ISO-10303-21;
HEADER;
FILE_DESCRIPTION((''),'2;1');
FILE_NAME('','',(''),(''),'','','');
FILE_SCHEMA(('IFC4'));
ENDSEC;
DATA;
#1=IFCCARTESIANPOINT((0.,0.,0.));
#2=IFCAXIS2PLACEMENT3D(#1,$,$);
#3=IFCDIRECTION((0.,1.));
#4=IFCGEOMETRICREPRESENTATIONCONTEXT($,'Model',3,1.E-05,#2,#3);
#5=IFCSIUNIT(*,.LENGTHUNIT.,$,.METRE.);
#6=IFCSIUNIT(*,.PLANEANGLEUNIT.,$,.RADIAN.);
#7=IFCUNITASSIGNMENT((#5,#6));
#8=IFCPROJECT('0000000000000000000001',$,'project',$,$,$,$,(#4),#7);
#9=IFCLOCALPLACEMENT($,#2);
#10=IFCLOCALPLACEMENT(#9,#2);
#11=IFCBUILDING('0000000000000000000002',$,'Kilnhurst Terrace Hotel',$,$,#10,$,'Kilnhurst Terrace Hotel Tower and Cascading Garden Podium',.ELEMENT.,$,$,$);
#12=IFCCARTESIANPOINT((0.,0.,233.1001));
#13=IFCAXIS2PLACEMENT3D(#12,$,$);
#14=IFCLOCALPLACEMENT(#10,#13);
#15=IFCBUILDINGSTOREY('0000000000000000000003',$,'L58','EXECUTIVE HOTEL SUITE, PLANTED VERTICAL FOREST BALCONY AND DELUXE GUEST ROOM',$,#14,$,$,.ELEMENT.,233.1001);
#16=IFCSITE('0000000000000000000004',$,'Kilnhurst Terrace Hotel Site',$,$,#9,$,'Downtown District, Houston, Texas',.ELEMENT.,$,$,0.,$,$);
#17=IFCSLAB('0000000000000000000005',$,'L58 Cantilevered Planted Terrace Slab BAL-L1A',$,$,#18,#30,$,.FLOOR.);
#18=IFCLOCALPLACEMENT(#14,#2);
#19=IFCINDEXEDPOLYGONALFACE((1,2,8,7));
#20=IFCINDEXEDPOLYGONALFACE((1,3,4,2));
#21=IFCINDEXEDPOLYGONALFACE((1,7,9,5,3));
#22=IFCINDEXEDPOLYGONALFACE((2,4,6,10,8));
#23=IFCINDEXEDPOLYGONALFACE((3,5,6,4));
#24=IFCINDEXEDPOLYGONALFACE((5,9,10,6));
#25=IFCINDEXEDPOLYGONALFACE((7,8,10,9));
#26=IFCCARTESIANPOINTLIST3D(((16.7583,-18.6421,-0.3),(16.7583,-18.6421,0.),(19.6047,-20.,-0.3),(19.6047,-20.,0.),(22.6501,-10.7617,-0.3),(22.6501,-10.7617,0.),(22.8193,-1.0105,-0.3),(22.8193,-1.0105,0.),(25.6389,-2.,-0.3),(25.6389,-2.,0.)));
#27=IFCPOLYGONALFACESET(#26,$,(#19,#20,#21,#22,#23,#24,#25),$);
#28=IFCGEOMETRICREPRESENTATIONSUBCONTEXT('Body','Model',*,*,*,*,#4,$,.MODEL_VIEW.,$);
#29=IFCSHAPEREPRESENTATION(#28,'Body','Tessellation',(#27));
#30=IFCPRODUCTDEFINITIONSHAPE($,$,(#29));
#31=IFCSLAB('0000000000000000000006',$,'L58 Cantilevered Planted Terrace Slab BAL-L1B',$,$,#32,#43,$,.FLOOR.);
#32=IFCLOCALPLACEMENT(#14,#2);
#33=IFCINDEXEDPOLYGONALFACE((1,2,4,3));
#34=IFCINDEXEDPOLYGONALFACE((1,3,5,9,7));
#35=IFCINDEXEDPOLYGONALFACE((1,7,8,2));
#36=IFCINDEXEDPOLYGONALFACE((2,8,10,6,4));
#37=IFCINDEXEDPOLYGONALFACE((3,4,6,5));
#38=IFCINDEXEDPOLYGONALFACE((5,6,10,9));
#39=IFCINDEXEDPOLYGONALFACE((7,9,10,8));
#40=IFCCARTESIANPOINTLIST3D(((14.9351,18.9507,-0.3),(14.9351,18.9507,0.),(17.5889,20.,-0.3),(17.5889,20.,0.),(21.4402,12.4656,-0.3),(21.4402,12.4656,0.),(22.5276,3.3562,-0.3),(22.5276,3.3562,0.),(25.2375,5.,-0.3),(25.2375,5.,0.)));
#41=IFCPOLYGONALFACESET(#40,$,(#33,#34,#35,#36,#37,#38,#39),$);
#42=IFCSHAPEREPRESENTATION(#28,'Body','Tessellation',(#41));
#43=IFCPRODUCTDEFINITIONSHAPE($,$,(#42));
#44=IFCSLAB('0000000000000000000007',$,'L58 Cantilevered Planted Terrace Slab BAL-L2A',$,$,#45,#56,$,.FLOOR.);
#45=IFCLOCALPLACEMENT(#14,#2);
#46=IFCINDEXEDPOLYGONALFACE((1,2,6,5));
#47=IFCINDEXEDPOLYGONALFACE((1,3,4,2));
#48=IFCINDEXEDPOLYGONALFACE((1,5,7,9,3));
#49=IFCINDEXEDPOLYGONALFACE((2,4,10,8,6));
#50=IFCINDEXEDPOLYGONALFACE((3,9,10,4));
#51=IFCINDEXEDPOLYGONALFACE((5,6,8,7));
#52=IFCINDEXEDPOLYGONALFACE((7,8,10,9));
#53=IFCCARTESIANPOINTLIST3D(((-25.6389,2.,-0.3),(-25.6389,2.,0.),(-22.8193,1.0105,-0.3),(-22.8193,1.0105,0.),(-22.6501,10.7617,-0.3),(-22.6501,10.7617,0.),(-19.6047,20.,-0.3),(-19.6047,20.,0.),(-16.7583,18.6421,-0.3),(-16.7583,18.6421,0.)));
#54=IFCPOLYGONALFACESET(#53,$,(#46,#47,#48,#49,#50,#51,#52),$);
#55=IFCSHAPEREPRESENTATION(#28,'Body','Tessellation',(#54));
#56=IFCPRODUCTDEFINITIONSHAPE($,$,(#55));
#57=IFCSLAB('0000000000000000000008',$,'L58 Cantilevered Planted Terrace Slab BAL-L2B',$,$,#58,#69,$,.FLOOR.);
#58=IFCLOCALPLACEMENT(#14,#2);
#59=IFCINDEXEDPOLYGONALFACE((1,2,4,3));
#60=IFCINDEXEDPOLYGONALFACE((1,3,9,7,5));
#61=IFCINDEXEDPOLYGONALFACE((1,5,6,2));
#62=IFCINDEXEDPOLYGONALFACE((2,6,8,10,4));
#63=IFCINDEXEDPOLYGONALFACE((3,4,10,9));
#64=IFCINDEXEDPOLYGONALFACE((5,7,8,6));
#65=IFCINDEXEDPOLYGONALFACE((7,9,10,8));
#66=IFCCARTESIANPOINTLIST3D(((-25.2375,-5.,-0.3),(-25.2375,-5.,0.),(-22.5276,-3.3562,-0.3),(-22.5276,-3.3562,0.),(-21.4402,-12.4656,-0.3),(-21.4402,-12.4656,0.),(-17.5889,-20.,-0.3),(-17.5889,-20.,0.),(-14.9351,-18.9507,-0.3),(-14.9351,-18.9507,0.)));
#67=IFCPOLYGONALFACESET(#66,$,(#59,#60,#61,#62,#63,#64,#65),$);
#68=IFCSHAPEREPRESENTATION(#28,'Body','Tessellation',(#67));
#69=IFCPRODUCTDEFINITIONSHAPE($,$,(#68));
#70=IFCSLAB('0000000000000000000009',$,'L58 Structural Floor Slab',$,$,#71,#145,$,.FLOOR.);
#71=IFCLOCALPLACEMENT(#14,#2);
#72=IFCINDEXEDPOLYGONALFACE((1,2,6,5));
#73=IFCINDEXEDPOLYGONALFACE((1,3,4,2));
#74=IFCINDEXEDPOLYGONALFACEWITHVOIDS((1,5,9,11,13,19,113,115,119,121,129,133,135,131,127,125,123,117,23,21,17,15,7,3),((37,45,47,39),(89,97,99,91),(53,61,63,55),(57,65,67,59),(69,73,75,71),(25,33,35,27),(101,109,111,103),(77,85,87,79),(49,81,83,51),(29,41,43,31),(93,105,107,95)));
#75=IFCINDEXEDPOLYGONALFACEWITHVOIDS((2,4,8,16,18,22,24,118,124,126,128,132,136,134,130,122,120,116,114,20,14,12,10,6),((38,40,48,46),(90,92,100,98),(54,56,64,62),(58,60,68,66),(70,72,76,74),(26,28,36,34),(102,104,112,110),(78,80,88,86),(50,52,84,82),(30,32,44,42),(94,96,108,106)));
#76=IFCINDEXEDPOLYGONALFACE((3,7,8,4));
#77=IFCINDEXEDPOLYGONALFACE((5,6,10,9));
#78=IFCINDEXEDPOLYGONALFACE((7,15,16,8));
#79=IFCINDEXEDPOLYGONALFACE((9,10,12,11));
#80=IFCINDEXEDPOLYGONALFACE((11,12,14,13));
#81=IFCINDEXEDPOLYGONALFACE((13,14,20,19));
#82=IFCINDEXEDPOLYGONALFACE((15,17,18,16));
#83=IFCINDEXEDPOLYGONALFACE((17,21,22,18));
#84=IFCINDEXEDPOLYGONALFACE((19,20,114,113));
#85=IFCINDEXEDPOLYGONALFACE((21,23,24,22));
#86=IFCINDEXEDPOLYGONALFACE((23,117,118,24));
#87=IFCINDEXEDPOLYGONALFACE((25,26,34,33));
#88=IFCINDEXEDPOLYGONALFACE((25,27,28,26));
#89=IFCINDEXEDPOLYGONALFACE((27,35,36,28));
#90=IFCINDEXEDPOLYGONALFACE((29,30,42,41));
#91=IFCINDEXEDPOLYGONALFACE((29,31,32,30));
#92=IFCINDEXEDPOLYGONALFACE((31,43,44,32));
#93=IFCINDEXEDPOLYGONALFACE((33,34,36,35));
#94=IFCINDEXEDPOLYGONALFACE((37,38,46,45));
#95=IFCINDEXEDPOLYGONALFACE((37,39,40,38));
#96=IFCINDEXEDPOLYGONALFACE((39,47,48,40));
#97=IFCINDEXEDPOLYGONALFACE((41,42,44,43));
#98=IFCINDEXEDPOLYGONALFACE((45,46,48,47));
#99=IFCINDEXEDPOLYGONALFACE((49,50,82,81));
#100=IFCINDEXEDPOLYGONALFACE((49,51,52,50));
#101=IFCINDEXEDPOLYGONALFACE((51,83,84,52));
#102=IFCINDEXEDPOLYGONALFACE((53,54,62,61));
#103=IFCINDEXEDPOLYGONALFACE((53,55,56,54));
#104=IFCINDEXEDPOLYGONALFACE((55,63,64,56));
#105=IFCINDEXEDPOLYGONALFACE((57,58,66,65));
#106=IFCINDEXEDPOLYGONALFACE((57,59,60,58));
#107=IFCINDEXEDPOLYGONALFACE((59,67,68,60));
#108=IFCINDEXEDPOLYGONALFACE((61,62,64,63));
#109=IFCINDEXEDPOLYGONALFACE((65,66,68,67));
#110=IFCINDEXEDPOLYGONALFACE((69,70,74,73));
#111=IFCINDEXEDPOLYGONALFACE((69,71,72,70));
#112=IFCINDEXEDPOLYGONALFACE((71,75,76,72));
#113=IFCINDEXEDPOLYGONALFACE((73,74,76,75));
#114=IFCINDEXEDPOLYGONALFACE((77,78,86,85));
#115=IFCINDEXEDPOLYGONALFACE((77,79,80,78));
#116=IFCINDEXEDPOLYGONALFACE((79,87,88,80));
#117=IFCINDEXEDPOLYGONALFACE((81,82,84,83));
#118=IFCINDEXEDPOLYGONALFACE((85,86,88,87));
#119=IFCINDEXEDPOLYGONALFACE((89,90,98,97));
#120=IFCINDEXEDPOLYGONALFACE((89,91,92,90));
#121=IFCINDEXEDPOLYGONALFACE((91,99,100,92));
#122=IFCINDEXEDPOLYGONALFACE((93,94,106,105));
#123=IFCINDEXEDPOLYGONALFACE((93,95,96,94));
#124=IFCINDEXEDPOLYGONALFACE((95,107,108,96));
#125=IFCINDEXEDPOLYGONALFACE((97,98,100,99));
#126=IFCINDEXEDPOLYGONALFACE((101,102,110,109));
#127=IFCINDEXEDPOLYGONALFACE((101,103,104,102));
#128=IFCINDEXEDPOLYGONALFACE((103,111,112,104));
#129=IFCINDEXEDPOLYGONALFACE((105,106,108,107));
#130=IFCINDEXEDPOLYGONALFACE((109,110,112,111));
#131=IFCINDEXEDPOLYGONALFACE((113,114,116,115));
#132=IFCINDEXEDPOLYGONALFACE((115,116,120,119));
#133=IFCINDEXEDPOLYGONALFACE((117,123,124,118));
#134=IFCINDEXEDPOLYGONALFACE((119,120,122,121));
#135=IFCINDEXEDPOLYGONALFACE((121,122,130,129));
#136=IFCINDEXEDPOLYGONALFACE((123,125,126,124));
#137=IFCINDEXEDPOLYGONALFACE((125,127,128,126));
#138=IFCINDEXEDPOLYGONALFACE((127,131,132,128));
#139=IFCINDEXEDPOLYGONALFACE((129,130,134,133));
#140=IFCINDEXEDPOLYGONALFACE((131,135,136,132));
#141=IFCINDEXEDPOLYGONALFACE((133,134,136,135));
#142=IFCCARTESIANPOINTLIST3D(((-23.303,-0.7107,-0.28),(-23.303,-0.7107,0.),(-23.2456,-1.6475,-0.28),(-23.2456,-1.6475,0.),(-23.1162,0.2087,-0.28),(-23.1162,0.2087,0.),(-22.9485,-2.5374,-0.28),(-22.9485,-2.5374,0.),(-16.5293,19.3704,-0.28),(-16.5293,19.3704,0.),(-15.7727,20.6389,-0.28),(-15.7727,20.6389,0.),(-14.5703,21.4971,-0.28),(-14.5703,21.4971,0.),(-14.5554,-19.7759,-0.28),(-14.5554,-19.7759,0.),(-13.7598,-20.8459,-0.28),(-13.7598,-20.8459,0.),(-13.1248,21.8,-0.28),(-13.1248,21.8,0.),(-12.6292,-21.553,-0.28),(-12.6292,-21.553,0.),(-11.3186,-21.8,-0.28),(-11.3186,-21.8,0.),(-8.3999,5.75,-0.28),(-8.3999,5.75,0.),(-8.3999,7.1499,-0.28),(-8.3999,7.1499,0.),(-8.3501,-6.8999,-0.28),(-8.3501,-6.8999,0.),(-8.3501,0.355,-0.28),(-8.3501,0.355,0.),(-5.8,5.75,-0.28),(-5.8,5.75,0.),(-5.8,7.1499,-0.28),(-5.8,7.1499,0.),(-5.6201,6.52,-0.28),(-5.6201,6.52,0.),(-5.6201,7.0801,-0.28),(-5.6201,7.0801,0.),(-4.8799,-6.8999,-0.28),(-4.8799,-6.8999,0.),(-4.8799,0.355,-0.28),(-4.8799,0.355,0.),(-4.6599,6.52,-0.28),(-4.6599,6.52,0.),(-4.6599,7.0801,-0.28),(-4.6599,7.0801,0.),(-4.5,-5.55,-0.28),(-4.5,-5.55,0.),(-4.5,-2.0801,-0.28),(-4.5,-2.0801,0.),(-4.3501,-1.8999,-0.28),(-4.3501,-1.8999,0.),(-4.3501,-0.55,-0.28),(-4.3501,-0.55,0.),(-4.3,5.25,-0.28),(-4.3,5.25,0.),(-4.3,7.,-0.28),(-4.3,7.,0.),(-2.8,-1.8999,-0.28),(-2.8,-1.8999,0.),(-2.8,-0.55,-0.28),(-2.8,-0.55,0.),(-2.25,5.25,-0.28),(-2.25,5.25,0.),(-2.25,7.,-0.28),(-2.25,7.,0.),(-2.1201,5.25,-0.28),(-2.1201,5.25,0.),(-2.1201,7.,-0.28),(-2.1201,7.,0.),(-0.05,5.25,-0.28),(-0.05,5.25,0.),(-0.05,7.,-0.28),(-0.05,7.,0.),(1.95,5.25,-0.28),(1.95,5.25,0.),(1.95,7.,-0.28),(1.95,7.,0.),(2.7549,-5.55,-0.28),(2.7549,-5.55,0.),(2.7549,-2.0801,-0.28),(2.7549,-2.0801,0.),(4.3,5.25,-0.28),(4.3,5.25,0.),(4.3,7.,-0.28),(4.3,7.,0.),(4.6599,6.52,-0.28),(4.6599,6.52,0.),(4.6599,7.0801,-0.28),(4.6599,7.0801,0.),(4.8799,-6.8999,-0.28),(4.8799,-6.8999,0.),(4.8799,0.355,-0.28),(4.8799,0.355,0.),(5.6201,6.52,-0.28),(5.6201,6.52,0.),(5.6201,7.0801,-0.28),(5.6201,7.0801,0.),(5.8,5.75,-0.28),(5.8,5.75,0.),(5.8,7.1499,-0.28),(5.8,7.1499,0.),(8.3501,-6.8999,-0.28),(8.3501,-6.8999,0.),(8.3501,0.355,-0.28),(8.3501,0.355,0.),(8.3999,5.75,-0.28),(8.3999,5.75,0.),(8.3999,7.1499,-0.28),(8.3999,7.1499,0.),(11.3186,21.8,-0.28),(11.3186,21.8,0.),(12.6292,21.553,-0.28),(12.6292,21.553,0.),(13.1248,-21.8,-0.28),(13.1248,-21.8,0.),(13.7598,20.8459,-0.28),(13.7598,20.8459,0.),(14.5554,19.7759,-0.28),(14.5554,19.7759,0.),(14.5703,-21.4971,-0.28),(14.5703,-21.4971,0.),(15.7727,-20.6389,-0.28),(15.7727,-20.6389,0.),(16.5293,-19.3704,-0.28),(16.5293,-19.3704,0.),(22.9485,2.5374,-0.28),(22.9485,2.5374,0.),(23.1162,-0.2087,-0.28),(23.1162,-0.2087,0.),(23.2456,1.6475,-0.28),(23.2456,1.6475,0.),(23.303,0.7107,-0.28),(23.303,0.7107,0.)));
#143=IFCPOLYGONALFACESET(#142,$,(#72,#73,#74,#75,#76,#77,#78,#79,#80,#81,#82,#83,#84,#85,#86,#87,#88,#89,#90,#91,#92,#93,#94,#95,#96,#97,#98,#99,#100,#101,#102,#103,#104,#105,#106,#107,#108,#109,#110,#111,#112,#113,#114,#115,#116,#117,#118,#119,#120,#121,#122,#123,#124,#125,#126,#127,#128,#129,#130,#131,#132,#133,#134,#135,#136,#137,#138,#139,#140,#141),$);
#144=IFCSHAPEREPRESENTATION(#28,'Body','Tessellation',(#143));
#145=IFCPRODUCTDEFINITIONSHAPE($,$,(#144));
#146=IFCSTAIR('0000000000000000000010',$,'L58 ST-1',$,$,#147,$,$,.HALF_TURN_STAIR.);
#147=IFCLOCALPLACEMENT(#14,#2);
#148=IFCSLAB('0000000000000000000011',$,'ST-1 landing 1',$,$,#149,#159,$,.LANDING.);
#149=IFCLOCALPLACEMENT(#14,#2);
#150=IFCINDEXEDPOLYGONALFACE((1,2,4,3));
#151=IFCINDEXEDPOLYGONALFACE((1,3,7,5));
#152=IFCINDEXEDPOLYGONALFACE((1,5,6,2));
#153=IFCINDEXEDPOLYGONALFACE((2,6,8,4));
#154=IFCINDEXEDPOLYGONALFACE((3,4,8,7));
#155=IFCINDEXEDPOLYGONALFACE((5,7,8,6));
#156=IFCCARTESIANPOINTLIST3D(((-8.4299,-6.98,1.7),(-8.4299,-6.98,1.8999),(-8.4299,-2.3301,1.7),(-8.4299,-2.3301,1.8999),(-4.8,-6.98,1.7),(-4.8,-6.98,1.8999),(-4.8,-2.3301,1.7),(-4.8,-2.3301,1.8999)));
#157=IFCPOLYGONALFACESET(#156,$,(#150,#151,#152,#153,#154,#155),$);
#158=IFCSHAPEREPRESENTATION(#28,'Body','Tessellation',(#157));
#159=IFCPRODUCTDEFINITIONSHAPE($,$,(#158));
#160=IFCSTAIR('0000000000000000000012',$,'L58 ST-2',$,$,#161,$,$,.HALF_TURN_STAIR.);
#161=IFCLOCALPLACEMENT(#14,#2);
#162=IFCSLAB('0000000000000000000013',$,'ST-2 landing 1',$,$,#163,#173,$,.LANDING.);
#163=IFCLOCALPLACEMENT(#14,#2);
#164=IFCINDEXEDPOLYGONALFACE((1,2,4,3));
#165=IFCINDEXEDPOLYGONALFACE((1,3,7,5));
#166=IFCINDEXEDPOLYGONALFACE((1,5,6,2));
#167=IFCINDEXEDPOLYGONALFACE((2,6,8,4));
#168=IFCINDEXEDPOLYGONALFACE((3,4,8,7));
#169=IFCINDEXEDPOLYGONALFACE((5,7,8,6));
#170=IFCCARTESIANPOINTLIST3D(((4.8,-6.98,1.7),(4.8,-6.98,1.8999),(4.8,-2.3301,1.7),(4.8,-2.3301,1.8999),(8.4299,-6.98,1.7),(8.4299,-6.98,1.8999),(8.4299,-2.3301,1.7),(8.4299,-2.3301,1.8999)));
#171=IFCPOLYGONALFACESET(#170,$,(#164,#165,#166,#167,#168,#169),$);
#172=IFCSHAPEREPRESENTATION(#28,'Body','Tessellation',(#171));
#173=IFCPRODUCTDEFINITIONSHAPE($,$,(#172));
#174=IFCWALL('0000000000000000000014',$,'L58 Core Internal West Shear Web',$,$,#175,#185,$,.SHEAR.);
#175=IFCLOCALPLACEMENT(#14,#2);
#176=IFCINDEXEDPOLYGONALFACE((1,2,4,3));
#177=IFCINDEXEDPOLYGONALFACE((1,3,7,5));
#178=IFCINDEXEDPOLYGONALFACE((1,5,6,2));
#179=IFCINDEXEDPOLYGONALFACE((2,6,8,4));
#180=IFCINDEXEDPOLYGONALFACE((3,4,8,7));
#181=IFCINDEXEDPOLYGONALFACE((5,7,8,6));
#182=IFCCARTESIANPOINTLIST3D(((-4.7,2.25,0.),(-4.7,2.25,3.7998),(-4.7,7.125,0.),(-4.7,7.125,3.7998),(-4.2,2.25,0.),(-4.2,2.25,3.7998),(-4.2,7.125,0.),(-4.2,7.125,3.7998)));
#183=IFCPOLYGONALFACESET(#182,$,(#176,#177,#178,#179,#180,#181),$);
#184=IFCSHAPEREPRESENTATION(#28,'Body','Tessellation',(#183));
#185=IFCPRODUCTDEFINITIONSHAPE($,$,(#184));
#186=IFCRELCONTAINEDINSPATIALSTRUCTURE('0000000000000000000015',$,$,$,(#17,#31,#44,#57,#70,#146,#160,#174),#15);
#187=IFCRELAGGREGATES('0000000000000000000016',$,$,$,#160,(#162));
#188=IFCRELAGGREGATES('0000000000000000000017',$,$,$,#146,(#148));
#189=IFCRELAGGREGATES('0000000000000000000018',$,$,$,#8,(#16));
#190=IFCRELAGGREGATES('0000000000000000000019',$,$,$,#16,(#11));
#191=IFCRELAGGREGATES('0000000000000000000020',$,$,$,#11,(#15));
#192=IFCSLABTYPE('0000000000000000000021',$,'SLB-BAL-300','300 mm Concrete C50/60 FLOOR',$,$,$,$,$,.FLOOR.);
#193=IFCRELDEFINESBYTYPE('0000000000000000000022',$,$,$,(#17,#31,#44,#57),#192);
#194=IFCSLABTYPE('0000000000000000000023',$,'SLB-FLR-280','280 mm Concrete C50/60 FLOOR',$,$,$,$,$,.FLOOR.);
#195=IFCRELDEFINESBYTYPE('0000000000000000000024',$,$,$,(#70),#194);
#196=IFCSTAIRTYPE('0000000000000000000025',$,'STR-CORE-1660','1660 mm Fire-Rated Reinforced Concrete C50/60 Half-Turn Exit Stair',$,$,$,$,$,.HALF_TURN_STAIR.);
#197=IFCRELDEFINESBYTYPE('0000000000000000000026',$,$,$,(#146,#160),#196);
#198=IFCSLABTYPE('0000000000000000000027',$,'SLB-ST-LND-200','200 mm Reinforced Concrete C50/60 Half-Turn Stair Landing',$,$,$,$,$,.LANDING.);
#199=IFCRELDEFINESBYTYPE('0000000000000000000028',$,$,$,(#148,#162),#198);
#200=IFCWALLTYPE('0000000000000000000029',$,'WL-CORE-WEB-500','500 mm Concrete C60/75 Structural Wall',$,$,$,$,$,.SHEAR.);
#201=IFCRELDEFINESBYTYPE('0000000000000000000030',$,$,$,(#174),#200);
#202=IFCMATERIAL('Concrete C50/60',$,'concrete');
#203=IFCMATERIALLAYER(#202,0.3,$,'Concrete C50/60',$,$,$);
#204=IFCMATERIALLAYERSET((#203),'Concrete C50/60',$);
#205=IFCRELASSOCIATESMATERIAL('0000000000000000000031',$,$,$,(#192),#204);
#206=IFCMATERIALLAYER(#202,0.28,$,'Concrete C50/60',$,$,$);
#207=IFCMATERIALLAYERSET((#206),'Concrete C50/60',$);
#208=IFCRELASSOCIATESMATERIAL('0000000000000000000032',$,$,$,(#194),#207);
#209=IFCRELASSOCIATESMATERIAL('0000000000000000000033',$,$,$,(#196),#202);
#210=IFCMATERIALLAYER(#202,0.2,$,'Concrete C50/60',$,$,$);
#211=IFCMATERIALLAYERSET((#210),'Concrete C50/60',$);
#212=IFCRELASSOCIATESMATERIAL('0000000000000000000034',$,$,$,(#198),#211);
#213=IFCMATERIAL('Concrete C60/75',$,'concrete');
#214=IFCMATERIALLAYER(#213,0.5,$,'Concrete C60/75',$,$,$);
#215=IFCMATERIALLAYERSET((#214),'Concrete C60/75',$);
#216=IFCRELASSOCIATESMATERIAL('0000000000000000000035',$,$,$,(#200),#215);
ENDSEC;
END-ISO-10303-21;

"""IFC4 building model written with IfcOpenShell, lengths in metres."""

from ifc_helpers import new_model, si_unit, direction, frame, frame_2d, origin, place, context, subcontext, project, spatial, polyline, rectangle, outline, extrude, material, layer, layer_set, type_object, element, aggregate, save


model = new_model("IFC4")

# Units and contexts
model_context = context("Model", 3, precision=1e-05, world=origin(), true_north=direction((0.0, 1.0)))
body_context = subcontext(model_context, "Body", "Model", "MODEL_VIEW")
ifc_project = project(units=[si_unit("LENGTHUNIT", "METRE"), si_unit("PLANEANGLEUNIT", "RADIAN")], contexts=[model_context])

# Site, building, storey
site_placement = place(None, origin())
site = spatial("IfcSite", under=ifc_project, at=site_placement, Name="Kilnhurst Terrace Hotel Site", LongName="Downtown District, Houston, Texas", CompositionType="ELEMENT", RefElevation=0.0)
building_placement = place(site_placement, origin())
building = spatial("IfcBuilding", under=site, at=building_placement, Name="Kilnhurst Terrace Hotel", LongName="Kilnhurst Terrace Hotel Tower and Cascading Garden Podium", CompositionType="ELEMENT")
storey_placement = place(building_placement, frame((0.0, 0.0, 233.1001)))
storey = spatial("IfcBuildingStorey", under=building, at=storey_placement, Name="L58", Description="EXECUTIVE HOTEL SUITE, PLANTED VERTICAL FOREST BALCONY AND DELUXE GUEST ROOM", CompositionType="ELEMENT", Elevation=233.1001)

# Slabs
ifc_material_1 = material(Name="Concrete C50/60", Category="concrete")
ifc_layer_1 = layer(ifc_material_1, 0.3, Name="Concrete C50/60")
ifc_layer_set_1 = layer_set([ifc_layer_1], Name="Concrete C50/60")
slab_type_1 = type_object("IfcSlabType", Name="SLB-BAL-300", Description="300 mm Concrete C50/60 FLOOR", PredefinedType="FLOOR", material=ifc_layer_set_1)
slab_1_placement = place(storey_placement, frame((0.0, 0.0, -0.3)))
element("IfcSlab", 1, at=slab_1_placement, inside=storey, type_object=slab_type_1, Name="L58 Cantilevered Planted Terrace Slab BAL-L1A", PredefinedType="FLOOR", context=body_context, shape_type="SweptSolid", body=[
    extrude(outline(polyline([(22.6501, -10.7617), (19.6047, -20.0), (16.7583, -18.6421), (22.8193, -1.0105), (25.6389, -2.0), (22.6501, -10.7617)])), origin(), (0.0, 0.0, 1.0), 0.3),
])
slab_2_placement = place(storey_placement, frame((0.0, 0.0, -0.3)))
element("IfcSlab", 2, at=slab_2_placement, inside=storey, type_object=slab_type_1, Name="L58 Cantilevered Planted Terrace Slab BAL-L1B", PredefinedType="FLOOR", context=body_context, shape_type="SweptSolid", body=[
    extrude(outline(polyline([(25.2375, 5.0), (22.5276, 3.3562), (14.9351, 18.9507), (17.5889, 20.0), (21.4402, 12.4656), (25.2375, 5.0)])), origin(), (0.0, 0.0, 1.0), 0.3),
])
slab_3_placement = place(storey_placement, frame((0.0, 0.0, -0.3)))
element("IfcSlab", 3, at=slab_3_placement, inside=storey, type_object=slab_type_1, Name="L58 Cantilevered Planted Terrace Slab BAL-L2A", PredefinedType="FLOOR", context=body_context, shape_type="SweptSolid", body=[
    extrude(outline(polyline([(-19.6047, 20.0), (-16.7583, 18.6421), (-22.8193, 1.0105), (-25.6389, 2.0), (-22.6501, 10.7617), (-19.6047, 20.0)])), origin(), (0.0, 0.0, 1.0), 0.3),
])
slab_4_placement = place(storey_placement, frame((0.0, 0.0, -0.3)))
element("IfcSlab", 4, at=slab_4_placement, inside=storey, type_object=slab_type_1, Name="L58 Cantilevered Planted Terrace Slab BAL-L2B", PredefinedType="FLOOR", context=body_context, shape_type="SweptSolid", body=[
    extrude(outline(polyline([(-25.2375, -5.0), (-22.5276, -3.3562), (-14.9351, -18.9507), (-17.5889, -20.0), (-21.4402, -12.4656), (-25.2375, -5.0)])), origin(), (0.0, 0.0, 1.0), 0.3),
])
ifc_layer_2 = layer(ifc_material_1, 0.28, Name="Concrete C50/60")
ifc_layer_set_2 = layer_set([ifc_layer_2], Name="Concrete C50/60")
slab_type_2 = type_object("IfcSlabType", Name="SLB-FLR-280", Description="280 mm Concrete C50/60 FLOOR", PredefinedType="FLOOR", material=ifc_layer_set_2)
slab_5_placement = place(storey_placement, frame((0.0, 0.0, -0.28)))
element("IfcSlab", 5, at=slab_5_placement, inside=storey, type_object=slab_type_2, Name="L58 Structural Floor Slab", PredefinedType="FLOOR", context=body_context, shape_type="SweptSolid", body=[
    extrude(outline(polyline([(-14.5554, -19.7759), (-13.7598, -20.8459), (-12.6292, -21.553), (-11.3186, -21.8), (13.1248, -21.8), (14.5703, -21.4971), (15.7727, -20.6389), (16.5293, -19.3704), (23.1162, -0.2087), (23.303, 0.7107), (23.2456, 1.6475), (22.9485, 2.5374), (14.5554, 19.7759), (13.7598, 20.8459), (12.6292, 21.553), (11.3186, 21.8), (-13.1248, 21.8), (-14.5703, 21.4971), (-15.7727, 20.6389), (-16.5293, 19.3704), (-23.1162, 0.2087), (-23.303, -0.7107), (-23.2456, -1.6475), (-22.9485, -2.5374), (-14.5554, -19.7759)]), holes=[polyline([(-8.3501, 0.355), (-4.8799, 0.355), (-4.8799, -6.8999), (-8.3501, -6.8999), (-8.3501, 0.355)]), polyline([(-2.8, -1.8999), (-4.3501, -1.8999), (-4.3501, -0.55), (-2.8, -0.55), (-2.8, -1.8999)]), polyline([(-2.25, 5.25), (-4.3, 5.25), (-4.3, 7.0), (-2.25, 7.0), (-2.25, 5.25)]), polyline([(-2.1201, 5.25), (-2.1201, 7.0), (-0.05, 7.0), (-0.05, 5.25), (-2.1201, 5.25)]), polyline([(-8.3999, 5.75), (-8.3999, 7.1499), (-5.8, 7.1499), (-5.8, 5.75), (-8.3999, 5.75)]), polyline([(-4.6599, 6.52), (-5.6201, 6.52), (-5.6201, 7.0801), (-4.6599, 7.0801), (-4.6599, 6.52)]), polyline([(2.7549, -5.55), (-4.5, -5.55), (-4.5, -2.0801), (2.7549, -2.0801), (2.7549, -5.55)]), polyline([(8.3501, 0.355), (8.3501, -6.8999), (4.8799, -6.8999), (4.8799, 0.355), (8.3501, 0.355)]), polyline([(4.3, 5.25), (1.95, 5.25), (1.95, 7.0), (4.3, 7.0), (4.3, 5.25)]), polyline([(5.8, 5.75), (5.8, 7.1499), (8.3999, 7.1499), (8.3999, 5.75), (5.8, 5.75)]), polyline([(4.6599, 6.52), (4.6599, 7.0801), (5.6201, 7.0801), (5.6201, 6.52), (4.6599, 6.52)])]), origin(), (0.0, 0.0, 1.0), 0.28),
])

# Stairs, slabs
stair_type = type_object("IfcStairType", Name="STR-CORE-1660", Description="1660 mm Fire-Rated Reinforced Concrete C50/60 Half-Turn Exit Stair", PredefinedType="HALF_TURN_STAIR", material=ifc_material_1)
stair_1_placement = place(storey_placement, origin())
stair_1 = element("IfcStair", 6, at=stair_1_placement, inside=storey, type_object=stair_type, Name="L58 ST-1", PredefinedType="HALF_TURN_STAIR")
ifc_layer_3 = layer(ifc_material_1, 0.2, Name="Concrete C50/60")
ifc_layer_set_3 = layer_set([ifc_layer_3], Name="Concrete C50/60")
slab_type_3 = type_object("IfcSlabType", Name="SLB-ST-LND-200", Description="200 mm Reinforced Concrete C50/60 Half-Turn Stair Landing", PredefinedType="LANDING", material=ifc_layer_set_3)
slab_6_placement = place(storey_placement, frame((0.0, 0.0, 1.7)))
slab_6 = element("IfcSlab", 7, at=slab_6_placement, type_object=slab_type_3, Name="ST-1 landing 1", PredefinedType="LANDING", context=body_context, shape_type="SweptSolid", body=[
    extrude(outline(polyline([(-8.4299, -2.3301), (-4.8, -2.3301), (-4.8, -6.98), (-8.4299, -6.98), (-8.4299, -2.3301)])), origin(), (0.0, 0.0, 1.0), 0.2),
])
stair_2_placement = place(storey_placement, origin())
stair_2 = element("IfcStair", 8, at=stair_2_placement, inside=storey, type_object=stair_type, Name="L58 ST-2", PredefinedType="HALF_TURN_STAIR")
slab_7_placement = place(storey_placement, frame((0.0, 0.0, 1.7)))
slab_7 = element("IfcSlab", 9, at=slab_7_placement, type_object=slab_type_3, Name="ST-2 landing 1", PredefinedType="LANDING", context=body_context, shape_type="SweptSolid", body=[
    extrude(outline(polyline([(4.8, -2.3301), (8.4299, -2.3301), (8.4299, -6.98), (4.8, -6.98), (4.8, -2.3301)])), origin(), (0.0, 0.0, 1.0), 0.2),
])
aggregate(stair_2, [slab_7])

# Wall
ifc_material_2 = material(Name="Concrete C60/75", Category="concrete")
ifc_layer_4 = layer(ifc_material_2, 0.5, Name="Concrete C60/75")
ifc_layer_set_4 = layer_set([ifc_layer_4], Name="Concrete C60/75")
wall_type_1 = type_object("IfcWallType", Name="WL-CORE-WEB-500", Description="500 mm Concrete C60/75 Structural Wall", PredefinedType="SHEAR", material=ifc_layer_set_4)
wall_1_placement = place(storey_placement, frame((-4.45, 2.25, 0.0), z_axis=(0.0, 0.0, 1.0), x_axis=(0.0, 1.0, 0.0)))
element("IfcWall", 10, at=wall_1_placement, inside=storey, type_object=wall_type_1, Name="L58 Core Internal West Shear Web", PredefinedType="SHEAR", context=body_context, shape_type="SweptSolid", body=[
    extrude(rectangle(XDim=4.875, YDim=0.5, at=frame_2d((2.4375, 0.0))), origin(), (0.0, 0.0, 1.0), 3.7998),
])

aggregate(stair_1, [slab_6])

save(model, "model.ifc")
